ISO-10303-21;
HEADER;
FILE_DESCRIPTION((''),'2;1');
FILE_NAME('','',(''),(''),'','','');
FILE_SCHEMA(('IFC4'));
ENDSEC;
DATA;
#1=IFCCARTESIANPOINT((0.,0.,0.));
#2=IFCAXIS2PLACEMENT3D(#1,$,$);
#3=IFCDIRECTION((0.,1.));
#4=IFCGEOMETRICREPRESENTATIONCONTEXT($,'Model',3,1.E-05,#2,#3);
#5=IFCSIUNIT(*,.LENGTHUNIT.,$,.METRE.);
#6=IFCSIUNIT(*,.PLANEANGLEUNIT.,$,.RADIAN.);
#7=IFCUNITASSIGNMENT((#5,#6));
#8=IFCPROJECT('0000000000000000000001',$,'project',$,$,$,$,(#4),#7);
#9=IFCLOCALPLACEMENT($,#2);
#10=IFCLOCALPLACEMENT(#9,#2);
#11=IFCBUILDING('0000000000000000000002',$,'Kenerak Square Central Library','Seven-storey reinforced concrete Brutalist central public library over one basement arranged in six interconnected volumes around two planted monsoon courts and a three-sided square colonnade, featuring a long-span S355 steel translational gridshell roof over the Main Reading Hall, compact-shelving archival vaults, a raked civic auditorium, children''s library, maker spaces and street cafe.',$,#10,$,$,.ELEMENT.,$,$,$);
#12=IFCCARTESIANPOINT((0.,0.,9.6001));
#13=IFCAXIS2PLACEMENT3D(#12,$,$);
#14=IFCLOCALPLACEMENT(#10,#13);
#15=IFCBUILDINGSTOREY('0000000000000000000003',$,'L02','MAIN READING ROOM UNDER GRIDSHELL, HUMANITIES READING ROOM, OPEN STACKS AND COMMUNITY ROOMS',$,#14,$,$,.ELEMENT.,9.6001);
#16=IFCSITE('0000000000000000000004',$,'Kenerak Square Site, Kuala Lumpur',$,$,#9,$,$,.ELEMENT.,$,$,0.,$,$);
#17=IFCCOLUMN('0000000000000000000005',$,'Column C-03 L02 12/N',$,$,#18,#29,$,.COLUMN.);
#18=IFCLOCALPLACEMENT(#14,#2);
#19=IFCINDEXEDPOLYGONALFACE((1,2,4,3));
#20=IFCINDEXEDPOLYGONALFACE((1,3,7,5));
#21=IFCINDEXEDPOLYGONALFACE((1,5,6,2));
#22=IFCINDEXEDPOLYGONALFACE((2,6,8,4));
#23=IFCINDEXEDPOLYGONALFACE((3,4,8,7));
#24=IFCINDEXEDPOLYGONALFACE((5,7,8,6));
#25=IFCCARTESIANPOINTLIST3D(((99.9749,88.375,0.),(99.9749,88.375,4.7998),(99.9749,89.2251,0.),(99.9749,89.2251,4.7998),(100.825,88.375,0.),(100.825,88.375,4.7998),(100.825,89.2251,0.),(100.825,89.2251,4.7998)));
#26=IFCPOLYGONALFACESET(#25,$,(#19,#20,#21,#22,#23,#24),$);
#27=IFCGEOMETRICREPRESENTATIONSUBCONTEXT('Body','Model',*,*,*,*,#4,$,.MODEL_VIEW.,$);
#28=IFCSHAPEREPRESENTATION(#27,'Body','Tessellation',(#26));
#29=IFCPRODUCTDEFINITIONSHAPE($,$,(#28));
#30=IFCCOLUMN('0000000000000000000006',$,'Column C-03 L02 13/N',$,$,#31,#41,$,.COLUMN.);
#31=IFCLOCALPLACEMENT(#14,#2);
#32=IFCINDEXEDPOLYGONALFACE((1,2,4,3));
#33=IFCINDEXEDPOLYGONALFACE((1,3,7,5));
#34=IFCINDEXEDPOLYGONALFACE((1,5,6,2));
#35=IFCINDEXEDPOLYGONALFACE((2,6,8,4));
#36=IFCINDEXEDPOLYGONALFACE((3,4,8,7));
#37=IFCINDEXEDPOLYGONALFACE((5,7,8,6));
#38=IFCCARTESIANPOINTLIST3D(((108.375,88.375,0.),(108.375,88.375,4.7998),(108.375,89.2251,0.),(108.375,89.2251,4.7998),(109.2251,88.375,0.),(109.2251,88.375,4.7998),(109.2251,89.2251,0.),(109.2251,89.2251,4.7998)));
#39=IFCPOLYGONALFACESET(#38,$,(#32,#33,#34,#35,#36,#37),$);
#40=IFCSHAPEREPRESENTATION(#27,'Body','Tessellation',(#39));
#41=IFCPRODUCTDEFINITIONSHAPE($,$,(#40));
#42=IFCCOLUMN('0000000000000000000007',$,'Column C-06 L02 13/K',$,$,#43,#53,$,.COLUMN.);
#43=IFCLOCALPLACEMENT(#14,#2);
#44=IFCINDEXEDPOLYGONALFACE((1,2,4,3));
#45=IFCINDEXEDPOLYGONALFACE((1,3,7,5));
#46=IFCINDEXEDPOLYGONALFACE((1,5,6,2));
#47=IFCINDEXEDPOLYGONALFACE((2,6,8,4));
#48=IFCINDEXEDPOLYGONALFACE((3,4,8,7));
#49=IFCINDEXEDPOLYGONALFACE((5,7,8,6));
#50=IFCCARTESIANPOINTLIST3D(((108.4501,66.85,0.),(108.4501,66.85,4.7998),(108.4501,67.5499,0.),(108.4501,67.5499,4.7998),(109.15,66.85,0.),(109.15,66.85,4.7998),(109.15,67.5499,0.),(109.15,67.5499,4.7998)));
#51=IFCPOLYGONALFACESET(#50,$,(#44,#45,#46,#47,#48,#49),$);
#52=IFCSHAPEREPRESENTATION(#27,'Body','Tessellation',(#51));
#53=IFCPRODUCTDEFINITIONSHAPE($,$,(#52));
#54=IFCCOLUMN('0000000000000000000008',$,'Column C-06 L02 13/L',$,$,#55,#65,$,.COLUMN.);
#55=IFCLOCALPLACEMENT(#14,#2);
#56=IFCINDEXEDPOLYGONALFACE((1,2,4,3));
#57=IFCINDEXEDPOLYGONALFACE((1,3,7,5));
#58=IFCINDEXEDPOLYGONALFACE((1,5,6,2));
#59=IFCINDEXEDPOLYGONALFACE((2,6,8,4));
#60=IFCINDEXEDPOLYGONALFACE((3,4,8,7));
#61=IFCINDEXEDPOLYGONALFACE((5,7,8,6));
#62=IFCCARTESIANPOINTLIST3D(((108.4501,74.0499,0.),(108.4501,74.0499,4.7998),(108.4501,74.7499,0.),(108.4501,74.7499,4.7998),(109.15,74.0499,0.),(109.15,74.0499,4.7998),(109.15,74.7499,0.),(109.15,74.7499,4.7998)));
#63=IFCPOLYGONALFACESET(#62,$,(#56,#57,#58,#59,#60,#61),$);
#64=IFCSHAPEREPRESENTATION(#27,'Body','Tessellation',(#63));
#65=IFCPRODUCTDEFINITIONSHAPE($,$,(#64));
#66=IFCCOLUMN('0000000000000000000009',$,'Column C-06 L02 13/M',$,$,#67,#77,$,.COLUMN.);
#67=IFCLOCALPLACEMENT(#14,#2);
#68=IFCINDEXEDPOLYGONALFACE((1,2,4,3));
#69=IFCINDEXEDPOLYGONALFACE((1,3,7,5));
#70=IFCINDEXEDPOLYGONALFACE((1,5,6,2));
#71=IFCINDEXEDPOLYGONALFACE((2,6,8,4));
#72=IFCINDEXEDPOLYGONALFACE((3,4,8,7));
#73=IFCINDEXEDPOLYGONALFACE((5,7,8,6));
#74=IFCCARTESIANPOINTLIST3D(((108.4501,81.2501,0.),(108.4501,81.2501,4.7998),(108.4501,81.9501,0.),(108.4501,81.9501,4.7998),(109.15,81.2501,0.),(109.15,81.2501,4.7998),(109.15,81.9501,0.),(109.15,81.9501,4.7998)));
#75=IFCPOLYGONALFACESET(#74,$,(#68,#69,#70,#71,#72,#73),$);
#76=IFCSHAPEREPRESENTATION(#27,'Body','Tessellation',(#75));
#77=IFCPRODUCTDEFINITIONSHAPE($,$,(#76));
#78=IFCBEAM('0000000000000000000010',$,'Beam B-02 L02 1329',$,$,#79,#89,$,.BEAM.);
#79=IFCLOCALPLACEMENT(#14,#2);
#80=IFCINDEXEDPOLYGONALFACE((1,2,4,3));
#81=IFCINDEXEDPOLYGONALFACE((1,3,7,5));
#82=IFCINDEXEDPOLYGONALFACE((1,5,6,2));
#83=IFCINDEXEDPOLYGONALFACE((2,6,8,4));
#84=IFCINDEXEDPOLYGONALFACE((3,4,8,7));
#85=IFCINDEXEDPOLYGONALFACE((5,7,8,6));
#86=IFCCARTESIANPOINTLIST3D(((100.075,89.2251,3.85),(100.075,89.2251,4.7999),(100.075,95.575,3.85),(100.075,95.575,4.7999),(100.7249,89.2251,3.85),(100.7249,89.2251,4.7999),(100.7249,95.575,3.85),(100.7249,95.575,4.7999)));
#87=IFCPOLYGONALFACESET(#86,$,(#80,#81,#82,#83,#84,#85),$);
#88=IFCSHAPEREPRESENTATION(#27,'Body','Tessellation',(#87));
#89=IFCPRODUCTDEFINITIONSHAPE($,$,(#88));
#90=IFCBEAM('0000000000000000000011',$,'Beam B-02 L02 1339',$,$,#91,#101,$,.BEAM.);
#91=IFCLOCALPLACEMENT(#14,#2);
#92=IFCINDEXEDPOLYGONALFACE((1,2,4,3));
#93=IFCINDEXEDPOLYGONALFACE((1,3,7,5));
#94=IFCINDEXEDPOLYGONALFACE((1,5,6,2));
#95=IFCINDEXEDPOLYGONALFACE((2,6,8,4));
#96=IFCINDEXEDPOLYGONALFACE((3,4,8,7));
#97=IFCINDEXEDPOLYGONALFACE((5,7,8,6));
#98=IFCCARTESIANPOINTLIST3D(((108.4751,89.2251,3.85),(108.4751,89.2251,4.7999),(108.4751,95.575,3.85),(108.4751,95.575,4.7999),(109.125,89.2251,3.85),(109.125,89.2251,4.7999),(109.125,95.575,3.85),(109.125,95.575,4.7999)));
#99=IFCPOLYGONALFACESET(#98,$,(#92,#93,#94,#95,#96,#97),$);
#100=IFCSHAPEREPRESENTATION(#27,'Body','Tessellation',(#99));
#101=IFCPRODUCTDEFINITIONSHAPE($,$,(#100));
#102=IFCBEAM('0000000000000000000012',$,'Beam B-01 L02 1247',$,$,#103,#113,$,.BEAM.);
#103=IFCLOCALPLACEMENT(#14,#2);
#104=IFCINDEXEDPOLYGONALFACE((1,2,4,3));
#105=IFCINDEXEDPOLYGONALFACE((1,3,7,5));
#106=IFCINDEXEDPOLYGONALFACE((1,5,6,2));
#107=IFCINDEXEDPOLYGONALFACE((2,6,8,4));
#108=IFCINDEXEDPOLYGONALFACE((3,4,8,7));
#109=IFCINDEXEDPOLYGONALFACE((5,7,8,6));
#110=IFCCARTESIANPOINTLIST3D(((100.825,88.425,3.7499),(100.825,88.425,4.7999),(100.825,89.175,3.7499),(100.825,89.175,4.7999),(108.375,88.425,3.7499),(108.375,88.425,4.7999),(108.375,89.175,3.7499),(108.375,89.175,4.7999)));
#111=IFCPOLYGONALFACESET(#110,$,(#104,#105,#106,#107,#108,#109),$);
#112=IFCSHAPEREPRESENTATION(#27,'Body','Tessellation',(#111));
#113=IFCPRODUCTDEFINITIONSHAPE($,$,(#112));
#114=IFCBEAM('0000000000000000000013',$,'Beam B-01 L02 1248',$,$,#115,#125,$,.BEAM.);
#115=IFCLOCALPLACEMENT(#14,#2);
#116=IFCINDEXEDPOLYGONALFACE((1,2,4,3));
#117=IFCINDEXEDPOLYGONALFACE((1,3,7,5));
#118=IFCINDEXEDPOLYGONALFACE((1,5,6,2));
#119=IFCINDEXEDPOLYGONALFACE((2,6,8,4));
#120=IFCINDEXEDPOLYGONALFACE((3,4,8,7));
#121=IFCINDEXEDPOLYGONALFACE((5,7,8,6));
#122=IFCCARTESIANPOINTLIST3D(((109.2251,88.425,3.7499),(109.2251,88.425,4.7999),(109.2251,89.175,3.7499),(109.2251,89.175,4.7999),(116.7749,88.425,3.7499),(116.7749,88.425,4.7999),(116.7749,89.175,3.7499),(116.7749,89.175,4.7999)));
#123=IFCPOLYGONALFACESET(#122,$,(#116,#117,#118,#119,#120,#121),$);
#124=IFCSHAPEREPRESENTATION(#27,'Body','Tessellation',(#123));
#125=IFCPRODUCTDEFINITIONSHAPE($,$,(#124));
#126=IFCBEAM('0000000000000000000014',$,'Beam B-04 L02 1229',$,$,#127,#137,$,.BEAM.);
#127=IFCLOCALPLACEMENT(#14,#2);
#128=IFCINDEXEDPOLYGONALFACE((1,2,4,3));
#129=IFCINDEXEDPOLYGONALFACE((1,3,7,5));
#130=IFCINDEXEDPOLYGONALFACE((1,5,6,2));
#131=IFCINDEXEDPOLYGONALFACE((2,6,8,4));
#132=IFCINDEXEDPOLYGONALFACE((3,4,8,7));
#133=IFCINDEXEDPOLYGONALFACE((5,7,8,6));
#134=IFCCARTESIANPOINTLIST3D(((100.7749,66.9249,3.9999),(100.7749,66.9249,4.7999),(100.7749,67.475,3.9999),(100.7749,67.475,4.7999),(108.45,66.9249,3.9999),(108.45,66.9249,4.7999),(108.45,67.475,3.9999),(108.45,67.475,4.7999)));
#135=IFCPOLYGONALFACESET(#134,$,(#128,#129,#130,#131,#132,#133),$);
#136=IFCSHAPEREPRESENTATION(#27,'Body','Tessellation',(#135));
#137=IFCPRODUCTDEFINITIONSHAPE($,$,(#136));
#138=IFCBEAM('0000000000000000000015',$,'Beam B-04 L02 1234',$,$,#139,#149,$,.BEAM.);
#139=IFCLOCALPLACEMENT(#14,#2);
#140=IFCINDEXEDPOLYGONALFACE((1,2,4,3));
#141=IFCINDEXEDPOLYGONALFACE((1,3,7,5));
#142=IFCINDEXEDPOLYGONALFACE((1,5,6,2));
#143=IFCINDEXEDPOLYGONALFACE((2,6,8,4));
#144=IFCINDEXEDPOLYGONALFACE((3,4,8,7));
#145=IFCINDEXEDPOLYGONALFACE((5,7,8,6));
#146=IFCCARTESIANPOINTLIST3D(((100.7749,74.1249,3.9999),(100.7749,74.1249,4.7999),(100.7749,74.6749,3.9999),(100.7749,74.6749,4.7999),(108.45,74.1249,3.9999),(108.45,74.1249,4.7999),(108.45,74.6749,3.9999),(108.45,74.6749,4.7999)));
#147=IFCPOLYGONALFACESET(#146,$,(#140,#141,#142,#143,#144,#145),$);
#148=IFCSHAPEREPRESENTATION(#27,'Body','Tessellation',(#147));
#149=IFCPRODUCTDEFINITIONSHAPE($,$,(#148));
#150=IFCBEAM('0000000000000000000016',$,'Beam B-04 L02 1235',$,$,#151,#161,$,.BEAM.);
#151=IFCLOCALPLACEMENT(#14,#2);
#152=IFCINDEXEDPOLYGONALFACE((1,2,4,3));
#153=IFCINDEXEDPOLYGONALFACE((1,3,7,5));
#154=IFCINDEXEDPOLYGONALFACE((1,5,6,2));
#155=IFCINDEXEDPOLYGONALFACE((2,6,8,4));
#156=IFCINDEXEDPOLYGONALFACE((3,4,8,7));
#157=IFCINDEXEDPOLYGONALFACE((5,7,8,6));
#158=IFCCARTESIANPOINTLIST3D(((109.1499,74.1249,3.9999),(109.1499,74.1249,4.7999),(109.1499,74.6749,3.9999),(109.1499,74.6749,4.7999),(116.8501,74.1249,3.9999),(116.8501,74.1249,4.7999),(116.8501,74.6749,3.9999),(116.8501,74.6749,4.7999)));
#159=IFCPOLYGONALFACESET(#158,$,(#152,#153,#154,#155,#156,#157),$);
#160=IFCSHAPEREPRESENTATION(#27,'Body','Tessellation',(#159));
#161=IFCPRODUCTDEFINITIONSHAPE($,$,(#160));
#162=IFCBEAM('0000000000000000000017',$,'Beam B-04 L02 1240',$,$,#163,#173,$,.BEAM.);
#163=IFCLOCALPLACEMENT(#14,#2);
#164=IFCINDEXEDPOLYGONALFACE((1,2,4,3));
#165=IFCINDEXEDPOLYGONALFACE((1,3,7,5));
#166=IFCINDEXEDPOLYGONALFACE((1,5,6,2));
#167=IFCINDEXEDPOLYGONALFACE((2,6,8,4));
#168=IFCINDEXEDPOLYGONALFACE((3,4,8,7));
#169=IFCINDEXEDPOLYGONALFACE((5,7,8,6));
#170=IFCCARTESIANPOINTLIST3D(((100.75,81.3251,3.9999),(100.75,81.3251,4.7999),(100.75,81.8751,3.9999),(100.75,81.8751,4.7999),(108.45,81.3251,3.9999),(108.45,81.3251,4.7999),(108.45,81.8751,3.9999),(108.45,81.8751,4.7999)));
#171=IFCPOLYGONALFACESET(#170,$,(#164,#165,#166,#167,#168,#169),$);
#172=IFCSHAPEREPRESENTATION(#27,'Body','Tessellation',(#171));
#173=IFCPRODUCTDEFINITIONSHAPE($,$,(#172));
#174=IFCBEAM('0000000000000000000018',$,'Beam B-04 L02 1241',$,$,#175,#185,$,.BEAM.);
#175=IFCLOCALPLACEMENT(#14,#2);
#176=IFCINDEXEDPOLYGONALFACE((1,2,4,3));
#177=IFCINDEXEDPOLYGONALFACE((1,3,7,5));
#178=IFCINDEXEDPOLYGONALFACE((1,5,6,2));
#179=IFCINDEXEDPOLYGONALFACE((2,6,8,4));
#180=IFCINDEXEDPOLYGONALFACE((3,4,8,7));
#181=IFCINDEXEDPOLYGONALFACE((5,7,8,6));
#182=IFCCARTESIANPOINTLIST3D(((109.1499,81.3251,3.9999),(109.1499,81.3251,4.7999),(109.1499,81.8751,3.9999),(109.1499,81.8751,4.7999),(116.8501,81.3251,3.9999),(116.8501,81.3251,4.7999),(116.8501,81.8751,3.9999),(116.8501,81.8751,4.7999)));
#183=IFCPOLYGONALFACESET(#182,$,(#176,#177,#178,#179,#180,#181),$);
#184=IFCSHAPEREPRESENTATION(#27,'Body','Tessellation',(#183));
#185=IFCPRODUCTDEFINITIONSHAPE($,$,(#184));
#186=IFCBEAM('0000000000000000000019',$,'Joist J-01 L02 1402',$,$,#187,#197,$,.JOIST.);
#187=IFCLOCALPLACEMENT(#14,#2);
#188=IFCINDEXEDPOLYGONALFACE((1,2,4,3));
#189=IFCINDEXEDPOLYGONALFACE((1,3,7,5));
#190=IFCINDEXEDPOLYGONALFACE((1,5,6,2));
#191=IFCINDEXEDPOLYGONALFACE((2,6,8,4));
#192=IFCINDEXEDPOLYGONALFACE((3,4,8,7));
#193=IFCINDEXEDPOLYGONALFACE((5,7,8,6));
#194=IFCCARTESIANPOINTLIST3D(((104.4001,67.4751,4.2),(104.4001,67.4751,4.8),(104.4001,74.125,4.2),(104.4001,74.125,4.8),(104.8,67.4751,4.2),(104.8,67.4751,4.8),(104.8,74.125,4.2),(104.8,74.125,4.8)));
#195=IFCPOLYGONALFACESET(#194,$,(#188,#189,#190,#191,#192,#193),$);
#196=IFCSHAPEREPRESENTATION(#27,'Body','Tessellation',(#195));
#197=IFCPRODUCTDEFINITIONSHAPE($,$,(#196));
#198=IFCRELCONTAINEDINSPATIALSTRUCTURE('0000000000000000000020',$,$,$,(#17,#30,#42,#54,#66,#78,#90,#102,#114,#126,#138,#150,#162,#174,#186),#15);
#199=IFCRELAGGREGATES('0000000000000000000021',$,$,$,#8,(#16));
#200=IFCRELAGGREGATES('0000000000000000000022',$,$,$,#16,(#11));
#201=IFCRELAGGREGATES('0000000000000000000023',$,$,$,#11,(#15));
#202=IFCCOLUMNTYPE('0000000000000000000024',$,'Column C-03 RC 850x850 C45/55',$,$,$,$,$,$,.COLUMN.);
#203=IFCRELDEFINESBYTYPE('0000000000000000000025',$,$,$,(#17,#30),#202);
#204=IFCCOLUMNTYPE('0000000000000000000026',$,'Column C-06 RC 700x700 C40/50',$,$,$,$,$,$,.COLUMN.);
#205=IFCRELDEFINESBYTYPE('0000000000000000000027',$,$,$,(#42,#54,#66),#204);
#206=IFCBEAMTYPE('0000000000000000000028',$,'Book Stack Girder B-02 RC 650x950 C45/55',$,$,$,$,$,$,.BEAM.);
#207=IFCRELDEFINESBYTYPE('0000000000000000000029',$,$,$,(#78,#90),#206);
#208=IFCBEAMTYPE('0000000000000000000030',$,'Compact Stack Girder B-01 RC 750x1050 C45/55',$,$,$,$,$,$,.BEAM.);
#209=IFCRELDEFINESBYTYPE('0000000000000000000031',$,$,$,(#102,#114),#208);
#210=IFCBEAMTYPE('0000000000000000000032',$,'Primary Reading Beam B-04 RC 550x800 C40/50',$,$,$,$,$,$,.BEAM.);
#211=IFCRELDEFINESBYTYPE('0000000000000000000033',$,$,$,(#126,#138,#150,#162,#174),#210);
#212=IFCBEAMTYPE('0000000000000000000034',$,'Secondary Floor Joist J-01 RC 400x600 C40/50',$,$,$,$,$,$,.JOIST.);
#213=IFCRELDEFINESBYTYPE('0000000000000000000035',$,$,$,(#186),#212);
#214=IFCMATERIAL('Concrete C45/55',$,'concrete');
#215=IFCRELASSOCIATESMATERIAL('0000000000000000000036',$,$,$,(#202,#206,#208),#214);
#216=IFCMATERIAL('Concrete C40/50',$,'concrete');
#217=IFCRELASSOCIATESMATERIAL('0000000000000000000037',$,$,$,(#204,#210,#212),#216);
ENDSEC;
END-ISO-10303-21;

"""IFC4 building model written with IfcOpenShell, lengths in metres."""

from ifc_helpers import new_model, si_unit, direction, frame, origin, origin_2d, place, context, subcontext, project, spatial, rectangle, extrude, material, material_profile, profile_set, type_object, element, save


model = new_model("IFC4")

# Units and contexts
model_context = context("Model", 3, precision=1e-05, world=origin(), true_north=direction((0.0, 1.0)))
body_context = subcontext(model_context, "Body", "Model", "MODEL_VIEW")
ifc_project = project(units=[si_unit("LENGTHUNIT", "METRE"), si_unit("PLANEANGLEUNIT", "RADIAN")], contexts=[model_context])

# Site, building, storey
site_placement = place(None, origin())
site = spatial("IfcSite", under=ifc_project, at=site_placement, Name="Kenerak Square Site, Kuala Lumpur", CompositionType="ELEMENT", RefElevation=0.0)
building_placement = place(site_placement, origin())
building = spatial("IfcBuilding", under=site, at=building_placement, Name="Kenerak Square Central Library", Description="Seven-storey reinforced concrete Brutalist central public library over one basement arranged in six interconnected volumes around two planted monsoon courts and a three-sided square colonnade, featuring a long-span S355 steel translational gridshell roof over the Main Reading Hall, compact-shelving archival vaults, a raked civic auditorium, children's library, maker spaces and street cafe.", CompositionType="ELEMENT")
storey_placement = place(building_placement, frame((0.0, 0.0, 9.6001)))
storey = spatial("IfcBuildingStorey", under=building, at=storey_placement, Name="L02", Description="MAIN READING ROOM UNDER GRIDSHELL, HUMANITIES READING ROOM, OPEN STACKS AND COMMUNITY ROOMS", CompositionType="ELEMENT", Elevation=9.6001)

# Columns
ifc_material_1 = material(Name="Concrete C45/55", Category="concrete")
ifc_material_profile_1 = material_profile(ifc_material_1, rectangle(XDim=0.8501, YDim=0.8501, at=origin_2d()), Name="RC 850x850")
ifc_profile_set_1 = profile_set([ifc_material_profile_1], Name="Concrete C45/55")
column_type_1 = type_object("IfcColumnType", Name="Column C-03 RC 850x850 C45/55", PredefinedType="COLUMN", material=ifc_profile_set_1)
for number, where, z_axis, x_axis, name in (
    (1, (100.3999, 88.8, 0.0), (0.0, 0.0, 1.0), (1.0, 0.0, 0.0), "Column C-03 L02 12/N"),
    (2, (108.8, 88.8, 0.0), (0.0, 0.0, 1.0), (1.0, 0.0, 0.0), "Column C-03 L02 13/N"),
):
    element("IfcColumn", number, at=place(storey_placement, frame(where, z_axis=z_axis, x_axis=x_axis)), inside=storey, type_object=column_type_1, Name=name, PredefinedType="COLUMN", context=body_context, shape_type="SweptSolid", body=[
        extrude(rectangle(XDim=0.8501, YDim=0.8501, at=origin_2d()), origin(), (0.0, 0.0, 1.0), 4.7998),
    ])
ifc_material_2 = material(Name="Concrete C40/50", Category="concrete")
ifc_material_profile_2 = material_profile(ifc_material_2, rectangle(XDim=0.7, YDim=0.7, at=origin_2d()), Name="RC 700x700")
ifc_profile_set_2 = profile_set([ifc_material_profile_2], Name="Concrete C40/50")
column_type_2 = type_object("IfcColumnType", Name="Column C-06 RC 700x700 C40/50", PredefinedType="COLUMN", material=ifc_profile_set_2)
for number, where, z_axis, x_axis, name in (
    (3, (108.8, 67.2, 0.0), (0.0, 0.0, 1.0), (1.0, 0.0, 0.0), "Column C-06 L02 13/K"),
    (4, (108.8, 74.3999, 0.0), (0.0, 0.0, 1.0), (1.0, 0.0, 0.0), "Column C-06 L02 13/L"),
    (5, (108.8, 81.6001, 0.0), (0.0, 0.0, 1.0), (1.0, 0.0, 0.0), "Column C-06 L02 13/M"),
):
    element("IfcColumn", number, at=place(storey_placement, frame(where, z_axis=z_axis, x_axis=x_axis)), inside=storey, type_object=column_type_2, Name=name, PredefinedType="COLUMN", context=body_context, shape_type="SweptSolid", body=[
        extrude(rectangle(XDim=0.7, YDim=0.7, at=origin_2d()), origin(), (0.0, 0.0, 1.0), 4.7998),
    ])

# Beams
ifc_material_profile_3 = material_profile(ifc_material_1, rectangle(XDim=0.6499, YDim=0.95, at=origin_2d()), Name="RC 650x950")
ifc_profile_set_3 = profile_set([ifc_material_profile_3], Name="Concrete C45/55")
beam_type_1 = type_object("IfcBeamType", Name="Book Stack Girder B-02 RC 650x950 C45/55", PredefinedType="BEAM", material=ifc_profile_set_3)
for number, where, z_axis, x_axis, name in (
    (6, (100.3999, 89.2251, 4.325), (0.0, 1.0, 0.0), (-1.0, 0.0, 0.0), "Beam B-02 L02 1329"),
    (7, (108.8, 89.2251, 4.325), (0.0, 1.0, 0.0), (-1.0, 0.0, 0.0), "Beam B-02 L02 1339"),
):
    element("IfcBeam", number, at=place(storey_placement, frame(where, z_axis=z_axis, x_axis=x_axis)), inside=storey, type_object=beam_type_1, Name=name, PredefinedType="BEAM", context=body_context, shape_type="SweptSolid", body=[
        extrude(rectangle(XDim=0.6499, YDim=0.95, at=origin_2d()), origin(), (0.0, 0.0, 1.0), 6.3499),
    ])
ifc_material_profile_4 = material_profile(ifc_material_1, rectangle(XDim=0.75, YDim=1.05, at=origin_2d()), Name="RC 750x1050")
ifc_profile_set_4 = profile_set([ifc_material_profile_4], Name="Concrete C45/55")
beam_type_2 = type_object("IfcBeamType", Name="Compact Stack Girder B-01 RC 750x1050 C45/55", PredefinedType="BEAM", material=ifc_profile_set_4)
beam_1_placement = place(storey_placement, frame((100.825, 88.8, 4.2749), z_axis=(1.0, 0.0, 0.0), x_axis=(0.0, 1.0, 0.0)))
element("IfcBeam", 8, at=beam_1_placement, inside=storey, type_object=beam_type_2, Name="Beam B-01 L02 1247", PredefinedType="BEAM", context=body_context, shape_type="SweptSolid", body=[
    extrude(rectangle(XDim=0.75, YDim=1.05, at=origin_2d()), origin(), (0.0, 0.0, 1.0), 7.55),
])
beam_2_placement = place(storey_placement, frame((109.2251, 88.8, 4.2749), z_axis=(1.0, 0.0, 0.0), x_axis=(0.0, 1.0, 0.0)))
element("IfcBeam", 9, at=beam_2_placement, inside=storey, type_object=beam_type_2, Name="Beam B-01 L02 1248", PredefinedType="BEAM", context=body_context, shape_type="SweptSolid", body=[
    extrude(rectangle(XDim=0.75, YDim=1.05, at=origin_2d()), origin(), (0.0, 0.0, 1.0), 7.5498),
])
ifc_material_profile_5 = material_profile(ifc_material_2, rectangle(XDim=0.55, YDim=0.8, at=origin_2d()), Name="RC 550x800")
ifc_profile_set_5 = profile_set([ifc_material_profile_5], Name="Concrete C40/50")
beam_type_3 = type_object("IfcBeamType", Name="Primary Reading Beam B-04 RC 550x800 C40/50", PredefinedType="BEAM", material=ifc_profile_set_5)
for number, where, z_axis, x_axis, name in (
    (10, (100.7749, 67.2, 4.3999), (1.0, 0.0, 0.0), (0.0, 1.0, 0.0), "Beam B-04 L02 1229"),
    (11, (100.7749, 74.3999, 4.3999), (1.0, 0.0, 0.0), (0.0, 1.0, 0.0), "Beam B-04 L02 1234"),
):
    element("IfcBeam", number, at=place(storey_placement, frame(where, z_axis=z_axis, x_axis=x_axis)), inside=storey, type_object=beam_type_3, Name=name, PredefinedType="BEAM", context=body_context, shape_type="SweptSolid", body=[
        extrude(rectangle(XDim=0.55, YDim=0.8, at=origin_2d()), origin(), (0.0, 0.0, 1.0), 7.675),
    ])
beam_3_placement = place(storey_placement, frame((109.1499, 74.3999, 4.3999), z_axis=(1.0, 0.0, 0.0), x_axis=(0.0, 1.0, 0.0)))
element("IfcBeam", 12, at=beam_3_placement, inside=storey, type_object=beam_type_3, Name="Beam B-04 L02 1235", PredefinedType="BEAM", context=body_context, shape_type="SweptSolid", body=[
    extrude(rectangle(XDim=0.55, YDim=0.8, at=origin_2d()), origin(), (0.0, 0.0, 1.0), 7.7002),
])
beam_4_placement = place(storey_placement, frame((100.75, 81.6001, 4.3999), z_axis=(1.0, 0.0, 0.0), x_axis=(0.0, 1.0, 0.0)))
element("IfcBeam", 13, at=beam_4_placement, inside=storey, type_object=beam_type_3, Name="Beam B-04 L02 1240", PredefinedType="BEAM", context=body_context, shape_type="SweptSolid", body=[
    extrude(rectangle(XDim=0.55, YDim=0.8, at=origin_2d()), origin(), (0.0, 0.0, 1.0), 7.7),
])
beam_5_placement = place(storey_placement, frame((109.1499, 81.6001, 4.3999), z_axis=(1.0, 0.0, 0.0), x_axis=(0.0, 1.0, 0.0)))
element("IfcBeam", 14, at=beam_5_placement, inside=storey, type_object=beam_type_3, Name="Beam B-04 L02 1241", PredefinedType="BEAM", context=body_context, shape_type="SweptSolid", body=[
    extrude(rectangle(XDim=0.55, YDim=0.8, at=origin_2d()), origin(), (0.0, 0.0, 1.0), 7.7002),
])
ifc_material_profile_6 = material_profile(ifc_material_2, rectangle(XDim=0.3999, YDim=0.6001, at=origin_2d()), Name="RC 400x600")
ifc_profile_set_6 = profile_set([ifc_material_profile_6], Name="Concrete C40/50")
beam_type_4 = type_object("IfcBeamType", Name="Secondary Floor Joist J-01 RC 400x600 C40/50", PredefinedType="JOIST", material=ifc_profile_set_6)
for number, where, z_axis, x_axis, name in (
    (15, (104.6001, 67.4751, 4.5), (0.0, 1.0, 0.0), (-1.0, 0.0, 0.0), "Joist J-01 L02 1402"),
):
    element("IfcBeam", number, at=place(storey_placement, frame(where, z_axis=z_axis, x_axis=x_axis)), inside=storey, type_object=beam_type_4, Name=name, PredefinedType="JOIST", context=body_context, shape_type="SweptSolid", body=[
        extrude(rectangle(XDim=0.3999, YDim=0.6001, at=origin_2d()), origin(), (0.0, 0.0, 1.0), 6.6499),
    ])

save(model, "model.ifc")
